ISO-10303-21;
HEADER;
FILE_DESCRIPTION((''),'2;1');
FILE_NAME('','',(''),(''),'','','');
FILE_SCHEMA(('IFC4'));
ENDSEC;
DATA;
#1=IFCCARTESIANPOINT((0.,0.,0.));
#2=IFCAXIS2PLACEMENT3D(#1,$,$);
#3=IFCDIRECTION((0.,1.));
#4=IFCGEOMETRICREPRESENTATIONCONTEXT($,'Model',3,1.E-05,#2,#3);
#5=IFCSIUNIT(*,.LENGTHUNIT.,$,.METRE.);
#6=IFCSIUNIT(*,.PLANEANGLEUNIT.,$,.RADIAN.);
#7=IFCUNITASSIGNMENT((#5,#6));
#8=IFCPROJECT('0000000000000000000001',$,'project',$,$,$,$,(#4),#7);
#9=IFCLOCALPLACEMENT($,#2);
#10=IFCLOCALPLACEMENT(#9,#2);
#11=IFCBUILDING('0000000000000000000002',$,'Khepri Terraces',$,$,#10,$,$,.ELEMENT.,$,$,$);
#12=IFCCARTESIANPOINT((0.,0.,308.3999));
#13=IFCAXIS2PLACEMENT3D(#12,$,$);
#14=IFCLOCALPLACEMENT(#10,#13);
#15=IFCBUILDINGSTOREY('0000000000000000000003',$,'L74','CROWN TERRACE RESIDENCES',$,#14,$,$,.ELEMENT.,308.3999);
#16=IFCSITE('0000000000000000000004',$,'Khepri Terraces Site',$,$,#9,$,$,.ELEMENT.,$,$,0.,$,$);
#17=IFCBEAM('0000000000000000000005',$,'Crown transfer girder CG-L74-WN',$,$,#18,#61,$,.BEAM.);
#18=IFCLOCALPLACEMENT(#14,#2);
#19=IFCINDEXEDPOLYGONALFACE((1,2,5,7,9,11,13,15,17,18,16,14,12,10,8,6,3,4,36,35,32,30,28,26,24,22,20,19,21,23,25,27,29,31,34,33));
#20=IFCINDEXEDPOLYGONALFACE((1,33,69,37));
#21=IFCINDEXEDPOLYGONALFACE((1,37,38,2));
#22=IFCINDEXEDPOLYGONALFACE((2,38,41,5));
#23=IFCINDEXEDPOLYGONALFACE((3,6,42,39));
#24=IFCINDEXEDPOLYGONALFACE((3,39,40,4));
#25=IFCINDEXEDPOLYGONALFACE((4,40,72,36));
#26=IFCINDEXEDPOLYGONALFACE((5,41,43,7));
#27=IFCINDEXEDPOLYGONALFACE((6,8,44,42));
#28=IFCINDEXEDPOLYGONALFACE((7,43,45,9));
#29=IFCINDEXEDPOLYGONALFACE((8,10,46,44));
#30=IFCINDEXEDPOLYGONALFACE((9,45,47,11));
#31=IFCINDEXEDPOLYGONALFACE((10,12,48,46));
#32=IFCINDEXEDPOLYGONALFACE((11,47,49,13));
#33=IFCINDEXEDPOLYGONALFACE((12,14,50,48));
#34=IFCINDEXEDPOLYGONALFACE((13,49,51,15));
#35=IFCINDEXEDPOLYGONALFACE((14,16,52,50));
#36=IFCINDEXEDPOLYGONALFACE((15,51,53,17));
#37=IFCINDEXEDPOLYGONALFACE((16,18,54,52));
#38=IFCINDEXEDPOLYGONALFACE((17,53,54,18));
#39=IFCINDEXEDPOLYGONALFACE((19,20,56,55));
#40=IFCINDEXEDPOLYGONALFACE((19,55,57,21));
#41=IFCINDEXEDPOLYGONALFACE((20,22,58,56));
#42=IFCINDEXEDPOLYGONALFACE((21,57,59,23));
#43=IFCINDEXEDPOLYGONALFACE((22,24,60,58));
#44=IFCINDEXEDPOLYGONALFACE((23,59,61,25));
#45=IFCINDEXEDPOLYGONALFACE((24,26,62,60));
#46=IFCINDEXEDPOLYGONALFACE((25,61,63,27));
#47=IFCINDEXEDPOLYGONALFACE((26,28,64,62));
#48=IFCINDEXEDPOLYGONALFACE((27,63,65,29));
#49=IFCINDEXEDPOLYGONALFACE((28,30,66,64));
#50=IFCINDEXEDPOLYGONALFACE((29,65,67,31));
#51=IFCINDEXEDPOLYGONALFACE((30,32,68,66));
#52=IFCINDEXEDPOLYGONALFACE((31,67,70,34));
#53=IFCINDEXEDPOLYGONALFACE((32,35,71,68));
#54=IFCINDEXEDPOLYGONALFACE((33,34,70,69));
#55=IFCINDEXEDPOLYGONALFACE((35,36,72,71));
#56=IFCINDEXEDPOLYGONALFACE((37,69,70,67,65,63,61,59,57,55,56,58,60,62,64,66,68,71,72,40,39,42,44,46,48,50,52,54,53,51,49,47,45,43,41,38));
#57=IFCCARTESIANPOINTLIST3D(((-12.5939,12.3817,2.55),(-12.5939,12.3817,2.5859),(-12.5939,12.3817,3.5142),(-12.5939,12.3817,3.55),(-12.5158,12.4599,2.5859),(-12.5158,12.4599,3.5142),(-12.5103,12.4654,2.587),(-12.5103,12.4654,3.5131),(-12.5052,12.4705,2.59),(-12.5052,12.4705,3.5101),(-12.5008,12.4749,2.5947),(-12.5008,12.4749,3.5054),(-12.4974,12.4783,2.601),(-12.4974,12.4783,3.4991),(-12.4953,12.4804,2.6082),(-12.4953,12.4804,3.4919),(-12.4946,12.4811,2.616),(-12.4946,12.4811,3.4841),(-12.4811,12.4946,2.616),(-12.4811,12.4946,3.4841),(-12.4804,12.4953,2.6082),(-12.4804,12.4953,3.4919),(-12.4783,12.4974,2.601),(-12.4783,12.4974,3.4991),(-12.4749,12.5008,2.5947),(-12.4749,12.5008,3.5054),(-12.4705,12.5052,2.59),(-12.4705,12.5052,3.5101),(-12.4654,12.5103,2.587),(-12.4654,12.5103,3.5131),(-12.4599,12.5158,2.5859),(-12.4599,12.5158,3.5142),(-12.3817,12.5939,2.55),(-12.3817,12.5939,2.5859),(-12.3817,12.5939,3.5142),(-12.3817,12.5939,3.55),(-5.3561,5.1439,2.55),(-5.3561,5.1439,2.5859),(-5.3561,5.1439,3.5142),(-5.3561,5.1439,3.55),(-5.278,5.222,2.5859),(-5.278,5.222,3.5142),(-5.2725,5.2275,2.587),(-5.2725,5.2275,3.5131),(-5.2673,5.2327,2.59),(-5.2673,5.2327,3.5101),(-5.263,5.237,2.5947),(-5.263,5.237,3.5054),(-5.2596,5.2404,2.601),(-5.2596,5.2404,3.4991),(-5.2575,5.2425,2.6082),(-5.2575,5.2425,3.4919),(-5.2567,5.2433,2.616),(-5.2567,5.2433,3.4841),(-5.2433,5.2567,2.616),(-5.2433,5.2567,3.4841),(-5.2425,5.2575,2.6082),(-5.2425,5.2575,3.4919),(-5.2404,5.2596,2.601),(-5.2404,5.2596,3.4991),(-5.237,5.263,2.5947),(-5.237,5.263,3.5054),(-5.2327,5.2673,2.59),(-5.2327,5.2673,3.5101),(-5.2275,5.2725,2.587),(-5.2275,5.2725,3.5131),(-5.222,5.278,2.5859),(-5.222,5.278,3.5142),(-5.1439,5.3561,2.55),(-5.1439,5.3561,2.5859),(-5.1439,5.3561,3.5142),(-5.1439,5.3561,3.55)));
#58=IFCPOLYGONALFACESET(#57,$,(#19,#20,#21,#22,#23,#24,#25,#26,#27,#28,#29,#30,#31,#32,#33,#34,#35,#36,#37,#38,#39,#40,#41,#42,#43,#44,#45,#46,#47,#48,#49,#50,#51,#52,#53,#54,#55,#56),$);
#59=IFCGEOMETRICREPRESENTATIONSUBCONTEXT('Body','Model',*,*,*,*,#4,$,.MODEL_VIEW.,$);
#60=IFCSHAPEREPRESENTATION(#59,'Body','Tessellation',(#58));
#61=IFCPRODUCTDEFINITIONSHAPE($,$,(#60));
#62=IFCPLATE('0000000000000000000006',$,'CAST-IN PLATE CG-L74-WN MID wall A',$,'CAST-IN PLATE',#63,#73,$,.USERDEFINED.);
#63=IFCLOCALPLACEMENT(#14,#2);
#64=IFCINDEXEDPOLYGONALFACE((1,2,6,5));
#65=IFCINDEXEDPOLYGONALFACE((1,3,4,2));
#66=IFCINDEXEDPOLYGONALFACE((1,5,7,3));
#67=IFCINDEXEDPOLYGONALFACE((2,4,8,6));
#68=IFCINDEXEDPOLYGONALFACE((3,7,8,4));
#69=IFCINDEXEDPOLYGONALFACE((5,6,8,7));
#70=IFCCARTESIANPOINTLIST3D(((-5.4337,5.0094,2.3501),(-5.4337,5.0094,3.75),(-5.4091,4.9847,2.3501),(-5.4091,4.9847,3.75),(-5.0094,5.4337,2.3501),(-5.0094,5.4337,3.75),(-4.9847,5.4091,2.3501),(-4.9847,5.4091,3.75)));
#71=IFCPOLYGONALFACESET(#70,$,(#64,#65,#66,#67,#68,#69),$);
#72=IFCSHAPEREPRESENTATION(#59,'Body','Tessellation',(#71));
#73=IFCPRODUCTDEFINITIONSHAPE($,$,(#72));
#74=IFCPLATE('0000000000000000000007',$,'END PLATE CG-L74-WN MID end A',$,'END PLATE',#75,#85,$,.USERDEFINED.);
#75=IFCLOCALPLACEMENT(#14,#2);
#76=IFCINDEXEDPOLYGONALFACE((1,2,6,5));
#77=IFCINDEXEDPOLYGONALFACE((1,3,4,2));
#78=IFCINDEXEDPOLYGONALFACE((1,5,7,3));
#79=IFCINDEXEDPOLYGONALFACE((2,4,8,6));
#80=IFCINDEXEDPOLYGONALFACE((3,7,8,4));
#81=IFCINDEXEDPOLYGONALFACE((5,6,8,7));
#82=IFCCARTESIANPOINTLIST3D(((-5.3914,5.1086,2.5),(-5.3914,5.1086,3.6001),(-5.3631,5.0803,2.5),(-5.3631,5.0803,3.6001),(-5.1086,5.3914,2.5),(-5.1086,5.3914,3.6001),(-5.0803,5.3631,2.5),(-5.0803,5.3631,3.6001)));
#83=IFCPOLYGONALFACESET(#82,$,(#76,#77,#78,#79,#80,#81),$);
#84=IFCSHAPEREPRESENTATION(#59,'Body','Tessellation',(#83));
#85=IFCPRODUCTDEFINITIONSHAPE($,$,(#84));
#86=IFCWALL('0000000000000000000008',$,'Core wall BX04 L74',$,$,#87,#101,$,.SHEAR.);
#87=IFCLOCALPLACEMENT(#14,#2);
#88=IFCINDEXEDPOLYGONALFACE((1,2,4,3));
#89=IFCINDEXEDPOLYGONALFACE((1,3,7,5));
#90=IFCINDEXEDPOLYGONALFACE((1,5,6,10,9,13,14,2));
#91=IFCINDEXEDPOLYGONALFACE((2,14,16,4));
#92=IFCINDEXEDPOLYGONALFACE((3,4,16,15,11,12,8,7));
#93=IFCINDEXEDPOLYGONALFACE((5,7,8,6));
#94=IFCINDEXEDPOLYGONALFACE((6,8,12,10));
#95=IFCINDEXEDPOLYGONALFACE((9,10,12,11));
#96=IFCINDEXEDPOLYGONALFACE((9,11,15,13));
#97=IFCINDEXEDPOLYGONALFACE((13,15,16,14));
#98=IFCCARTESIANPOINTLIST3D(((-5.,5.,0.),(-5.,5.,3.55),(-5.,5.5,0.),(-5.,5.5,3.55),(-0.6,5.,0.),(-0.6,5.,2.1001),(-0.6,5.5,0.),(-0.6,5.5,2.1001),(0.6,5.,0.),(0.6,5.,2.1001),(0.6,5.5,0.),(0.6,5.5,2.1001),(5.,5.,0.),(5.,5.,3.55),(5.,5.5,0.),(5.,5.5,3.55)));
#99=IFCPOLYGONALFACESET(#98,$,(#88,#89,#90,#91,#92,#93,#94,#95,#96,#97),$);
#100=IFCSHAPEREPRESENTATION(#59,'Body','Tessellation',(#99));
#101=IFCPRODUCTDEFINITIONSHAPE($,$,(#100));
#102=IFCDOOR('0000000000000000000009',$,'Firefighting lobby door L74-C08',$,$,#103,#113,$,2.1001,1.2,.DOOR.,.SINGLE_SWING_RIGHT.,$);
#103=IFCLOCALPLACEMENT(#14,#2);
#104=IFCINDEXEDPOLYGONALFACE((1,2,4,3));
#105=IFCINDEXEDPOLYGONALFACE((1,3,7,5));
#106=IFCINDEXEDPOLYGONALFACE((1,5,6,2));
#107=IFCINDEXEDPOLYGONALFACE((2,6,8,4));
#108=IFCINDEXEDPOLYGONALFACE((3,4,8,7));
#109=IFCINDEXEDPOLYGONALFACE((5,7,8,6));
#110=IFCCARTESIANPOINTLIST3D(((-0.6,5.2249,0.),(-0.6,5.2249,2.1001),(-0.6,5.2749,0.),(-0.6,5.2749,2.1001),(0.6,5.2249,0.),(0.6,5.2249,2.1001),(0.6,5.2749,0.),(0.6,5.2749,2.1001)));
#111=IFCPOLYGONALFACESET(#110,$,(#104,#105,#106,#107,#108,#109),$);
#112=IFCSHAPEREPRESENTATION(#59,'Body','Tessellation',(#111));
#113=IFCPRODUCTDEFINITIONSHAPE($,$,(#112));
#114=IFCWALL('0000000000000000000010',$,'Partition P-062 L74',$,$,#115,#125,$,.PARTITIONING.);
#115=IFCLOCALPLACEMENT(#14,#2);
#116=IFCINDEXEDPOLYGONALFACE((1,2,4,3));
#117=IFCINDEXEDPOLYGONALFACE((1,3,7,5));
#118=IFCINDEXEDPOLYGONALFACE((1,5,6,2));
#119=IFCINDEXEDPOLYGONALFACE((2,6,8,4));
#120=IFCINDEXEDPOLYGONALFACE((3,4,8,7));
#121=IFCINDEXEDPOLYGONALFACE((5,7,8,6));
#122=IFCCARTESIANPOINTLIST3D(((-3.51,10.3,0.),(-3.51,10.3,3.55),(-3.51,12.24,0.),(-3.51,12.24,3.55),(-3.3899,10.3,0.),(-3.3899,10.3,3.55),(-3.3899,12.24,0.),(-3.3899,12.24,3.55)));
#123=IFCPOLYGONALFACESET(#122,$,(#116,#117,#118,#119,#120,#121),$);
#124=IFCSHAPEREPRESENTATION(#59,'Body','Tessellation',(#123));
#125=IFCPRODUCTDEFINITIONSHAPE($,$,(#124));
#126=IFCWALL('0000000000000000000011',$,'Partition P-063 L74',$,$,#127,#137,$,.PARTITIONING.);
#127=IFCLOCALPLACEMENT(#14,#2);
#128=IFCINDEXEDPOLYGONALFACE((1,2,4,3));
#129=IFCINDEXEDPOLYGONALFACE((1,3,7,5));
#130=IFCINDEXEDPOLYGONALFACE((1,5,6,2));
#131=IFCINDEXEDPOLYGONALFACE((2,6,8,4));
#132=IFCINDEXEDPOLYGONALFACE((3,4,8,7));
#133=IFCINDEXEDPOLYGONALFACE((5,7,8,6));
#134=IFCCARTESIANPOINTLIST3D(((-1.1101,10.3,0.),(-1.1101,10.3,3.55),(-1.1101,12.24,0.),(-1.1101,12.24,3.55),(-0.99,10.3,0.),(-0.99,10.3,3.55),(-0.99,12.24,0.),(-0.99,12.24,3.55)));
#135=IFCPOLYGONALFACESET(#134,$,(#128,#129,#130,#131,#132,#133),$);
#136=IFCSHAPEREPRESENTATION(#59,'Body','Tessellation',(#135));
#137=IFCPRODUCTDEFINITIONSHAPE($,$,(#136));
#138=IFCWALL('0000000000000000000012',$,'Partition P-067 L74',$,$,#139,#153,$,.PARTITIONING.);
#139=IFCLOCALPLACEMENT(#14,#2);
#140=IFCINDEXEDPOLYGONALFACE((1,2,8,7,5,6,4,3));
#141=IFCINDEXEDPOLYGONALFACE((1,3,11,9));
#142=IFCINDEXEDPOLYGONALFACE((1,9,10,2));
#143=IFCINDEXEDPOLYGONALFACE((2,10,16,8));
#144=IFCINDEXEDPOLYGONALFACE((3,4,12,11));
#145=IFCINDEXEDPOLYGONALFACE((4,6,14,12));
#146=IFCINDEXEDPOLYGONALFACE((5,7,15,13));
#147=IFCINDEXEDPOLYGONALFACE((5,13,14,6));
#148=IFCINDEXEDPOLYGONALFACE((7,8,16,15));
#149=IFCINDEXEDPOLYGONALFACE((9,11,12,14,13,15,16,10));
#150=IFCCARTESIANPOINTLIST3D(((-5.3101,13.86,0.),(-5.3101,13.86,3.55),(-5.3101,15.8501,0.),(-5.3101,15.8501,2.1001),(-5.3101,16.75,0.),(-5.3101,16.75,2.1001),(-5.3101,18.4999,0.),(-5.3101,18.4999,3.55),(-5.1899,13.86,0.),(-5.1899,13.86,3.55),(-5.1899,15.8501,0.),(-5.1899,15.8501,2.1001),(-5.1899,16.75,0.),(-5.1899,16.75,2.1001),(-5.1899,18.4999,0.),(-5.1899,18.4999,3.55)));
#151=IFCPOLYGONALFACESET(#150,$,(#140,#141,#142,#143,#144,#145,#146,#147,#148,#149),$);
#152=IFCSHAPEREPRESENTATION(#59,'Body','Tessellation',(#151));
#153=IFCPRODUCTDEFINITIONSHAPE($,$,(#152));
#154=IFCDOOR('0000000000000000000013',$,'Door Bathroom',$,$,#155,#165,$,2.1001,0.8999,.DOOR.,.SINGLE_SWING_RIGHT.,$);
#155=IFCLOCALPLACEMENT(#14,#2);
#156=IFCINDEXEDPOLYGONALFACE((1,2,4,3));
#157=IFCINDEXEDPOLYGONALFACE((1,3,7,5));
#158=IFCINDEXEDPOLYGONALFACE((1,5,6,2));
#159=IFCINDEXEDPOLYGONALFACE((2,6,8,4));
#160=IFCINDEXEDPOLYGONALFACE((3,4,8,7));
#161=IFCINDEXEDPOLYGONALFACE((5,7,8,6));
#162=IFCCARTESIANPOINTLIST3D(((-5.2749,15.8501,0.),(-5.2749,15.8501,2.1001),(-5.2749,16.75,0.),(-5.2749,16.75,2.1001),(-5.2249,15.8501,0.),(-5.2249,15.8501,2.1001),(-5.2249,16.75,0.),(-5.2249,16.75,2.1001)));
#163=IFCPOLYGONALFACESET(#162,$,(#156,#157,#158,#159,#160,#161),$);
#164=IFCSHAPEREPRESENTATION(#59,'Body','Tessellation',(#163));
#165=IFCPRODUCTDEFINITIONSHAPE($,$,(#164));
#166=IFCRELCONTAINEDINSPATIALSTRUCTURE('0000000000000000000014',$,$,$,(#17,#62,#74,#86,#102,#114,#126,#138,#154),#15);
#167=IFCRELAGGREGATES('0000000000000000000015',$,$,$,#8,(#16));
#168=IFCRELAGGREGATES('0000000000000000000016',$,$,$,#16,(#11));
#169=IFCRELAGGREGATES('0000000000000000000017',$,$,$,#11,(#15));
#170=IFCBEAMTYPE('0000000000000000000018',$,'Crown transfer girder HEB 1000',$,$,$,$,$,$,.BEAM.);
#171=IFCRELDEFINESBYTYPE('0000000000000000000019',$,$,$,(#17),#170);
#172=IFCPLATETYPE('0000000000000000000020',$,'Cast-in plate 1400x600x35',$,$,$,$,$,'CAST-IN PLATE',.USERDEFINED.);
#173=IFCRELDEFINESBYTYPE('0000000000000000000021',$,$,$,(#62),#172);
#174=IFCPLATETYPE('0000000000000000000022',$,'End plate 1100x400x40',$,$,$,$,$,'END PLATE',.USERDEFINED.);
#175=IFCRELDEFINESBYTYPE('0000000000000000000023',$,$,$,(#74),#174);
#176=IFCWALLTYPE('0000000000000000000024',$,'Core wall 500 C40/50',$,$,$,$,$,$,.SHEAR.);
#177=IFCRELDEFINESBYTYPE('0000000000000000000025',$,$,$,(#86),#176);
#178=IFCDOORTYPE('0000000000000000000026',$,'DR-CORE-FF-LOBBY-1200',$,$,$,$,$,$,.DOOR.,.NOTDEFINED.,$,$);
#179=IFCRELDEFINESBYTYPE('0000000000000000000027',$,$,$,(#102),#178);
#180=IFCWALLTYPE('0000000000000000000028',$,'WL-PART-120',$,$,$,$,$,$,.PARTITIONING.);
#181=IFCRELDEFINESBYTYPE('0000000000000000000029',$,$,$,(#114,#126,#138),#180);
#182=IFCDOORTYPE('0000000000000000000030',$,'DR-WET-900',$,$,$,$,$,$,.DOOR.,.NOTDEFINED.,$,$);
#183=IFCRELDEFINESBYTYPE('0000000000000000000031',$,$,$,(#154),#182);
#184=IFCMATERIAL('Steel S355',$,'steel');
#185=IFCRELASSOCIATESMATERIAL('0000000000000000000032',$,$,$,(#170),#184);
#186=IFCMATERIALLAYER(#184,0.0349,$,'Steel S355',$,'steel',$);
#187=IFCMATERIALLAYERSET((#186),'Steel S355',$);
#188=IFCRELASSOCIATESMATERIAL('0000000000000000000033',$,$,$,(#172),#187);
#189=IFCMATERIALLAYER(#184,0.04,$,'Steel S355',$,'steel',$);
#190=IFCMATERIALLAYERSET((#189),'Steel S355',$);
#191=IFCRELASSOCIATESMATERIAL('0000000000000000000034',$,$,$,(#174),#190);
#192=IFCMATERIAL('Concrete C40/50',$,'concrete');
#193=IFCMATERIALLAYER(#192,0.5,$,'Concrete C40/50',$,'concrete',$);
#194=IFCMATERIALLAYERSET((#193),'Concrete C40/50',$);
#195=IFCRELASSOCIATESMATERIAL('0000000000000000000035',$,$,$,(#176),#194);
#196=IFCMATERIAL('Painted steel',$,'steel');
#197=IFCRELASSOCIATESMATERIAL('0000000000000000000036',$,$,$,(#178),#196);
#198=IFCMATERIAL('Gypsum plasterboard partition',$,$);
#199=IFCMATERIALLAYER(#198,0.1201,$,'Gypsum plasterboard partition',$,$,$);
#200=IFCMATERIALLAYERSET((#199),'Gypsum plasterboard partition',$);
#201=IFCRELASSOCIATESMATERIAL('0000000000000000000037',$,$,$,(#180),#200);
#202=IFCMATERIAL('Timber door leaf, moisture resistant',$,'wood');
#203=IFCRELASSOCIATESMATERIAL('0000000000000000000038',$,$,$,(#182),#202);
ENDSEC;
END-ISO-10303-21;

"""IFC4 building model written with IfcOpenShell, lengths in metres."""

from ifc_helpers import new_model, si_unit, direction, frame, frame_2d, origin, origin_2d, place, context, subcontext, project, spatial, rectangle, i_section, extrude, material, layer, layer_set, material_profile, profile_set, type_object, element, fill, save


model = new_model("IFC4")

# Units and contexts
model_context = context("Model", 3, precision=1e-05, world=origin(), true_north=direction((0.0, 1.0)))
body_context = subcontext(model_context, "Body", "Model", "MODEL_VIEW")
ifc_project = project(units=[si_unit("LENGTHUNIT", "METRE"), si_unit("PLANEANGLEUNIT", "RADIAN")], contexts=[model_context])

# Site, building, storey
site_placement = place(None, origin())
site = spatial("IfcSite", under=ifc_project, at=site_placement, Name="Khepri Terraces Site", CompositionType="ELEMENT", RefElevation=0.0)
building_placement = place(site_placement, origin())
building = spatial("IfcBuilding", under=site, at=building_placement, Name="Khepri Terraces", CompositionType="ELEMENT")
storey_placement = place(building_placement, frame((0.0, 0.0, 308.3999)))
storey = spatial("IfcBuildingStorey", under=building, at=storey_placement, Name="L74", Description="CROWN TERRACE RESIDENCES", CompositionType="ELEMENT", Elevation=308.3999)

# Beam
ifc_material_1 = material(Name="Steel S355", Category="steel")
ifc_material_profile = material_profile(ifc_material_1, i_section(OverallWidth=0.3, OverallDepth=1.0, WebThickness=0.019, FlangeThickness=0.0359, FilletRadius=0.03, at=origin_2d()), Name="Steel S355", Category="steel")
ifc_profile_set = profile_set([ifc_material_profile], Name="Steel S355")
beam_type = type_object("IfcBeamType", Name="Crown transfer girder HEB 1000", PredefinedType="BEAM", material=ifc_profile_set)
beam_placement = place(storey_placement, frame((-5.25, 5.25, 3.05), z_axis=(-0.707107, 0.707107, 0.0), x_axis=(-0.707107, -0.707107, 0.0)))
element("IfcBeam", 1, at=beam_placement, inside=storey, type_object=beam_type, Name="Crown transfer girder CG-L74-WN", PredefinedType="BEAM", context=body_context, shape_type="SweptSolid", body=[
    extrude(i_section(OverallWidth=0.3, OverallDepth=1.0, WebThickness=0.019, FlangeThickness=0.0359, FilletRadius=0.03, at=origin_2d()), origin(), (0.0, 0.0, 1.0), 10.2358),
])

# Plates
ifc_layer_1 = layer(ifc_material_1, 0.0349, Name="Steel S355", Category="steel")
ifc_layer_set_1 = layer_set([ifc_layer_1], Name="Steel S355")
plate_type_1 = type_object("IfcPlateType", Name="Cast-in plate 1400x600x35", ElementType="CAST-IN PLATE", PredefinedType="USERDEFINED", material=ifc_layer_set_1)
plate_1_placement = place(storey_placement, frame((-5.2092, 5.2092, 2.3501), z_axis=(0.0, 0.0, 1.0), x_axis=(-0.707107, 0.707107, 0.0)))
element("IfcPlate", 2, at=plate_1_placement, inside=storey, type_object=plate_type_1, Name="CAST-IN PLATE CG-L74-WN MID wall A", ObjectType="CAST-IN PLATE", PredefinedType="USERDEFINED", context=body_context, shape_type="SweptSolid", body=[
    extrude(rectangle(XDim=0.0349, YDim=0.6001, at=origin_2d()), origin(), (0.0, 0.0, 1.0), 1.3999),
])
ifc_layer_2 = layer(ifc_material_1, 0.04, Name="Steel S355", Category="steel")
ifc_layer_set_2 = layer_set([ifc_layer_2], Name="Steel S355")
plate_type_2 = type_object("IfcPlateType", Name="End plate 1100x400x40", ElementType="END PLATE", PredefinedType="USERDEFINED", material=ifc_layer_set_2)
plate_2_placement = place(storey_placement, frame((-5.2358, 5.2358, 2.5), z_axis=(0.0, 0.0, 1.0), x_axis=(-0.707107, 0.707107, 0.0)))
element("IfcPlate", 3, at=plate_2_placement, inside=storey, type_object=plate_type_2, Name="END PLATE CG-L74-WN MID end A", ObjectType="END PLATE", PredefinedType="USERDEFINED", context=body_context, shape_type="SweptSolid", body=[
    extrude(rectangle(XDim=0.04, YDim=0.3999, at=origin_2d()), origin(), (0.0, 0.0, 1.0), 1.1001),
])

# Wall, opening, door
ifc_material_2 = material(Name="Concrete C40/50", Category="concrete")
ifc_layer_3 = layer(ifc_material_2, 0.5, Name="Concrete C40/50", Category="concrete")
ifc_layer_set_3 = layer_set([ifc_layer_3], Name="Concrete C40/50")
wall_type_1 = type_object("IfcWallType", Name="Core wall 500 C40/50", PredefinedType="SHEAR", material=ifc_layer_set_3)
wall_1_placement = place(storey_placement, frame((-5.0, 5.25, 0.0), z_axis=(0.0, 0.0, 1.0), x_axis=(1.0, 0.0, 0.0)))
wall_1 = element("IfcWall", 4, at=wall_1_placement, inside=storey, type_object=wall_type_1, Name="Core wall BX04 L74", PredefinedType="SHEAR", context=body_context, shape_type="SweptSolid", body=[
    extrude(rectangle(XDim=10.0, YDim=0.5, at=frame_2d((5.0, 0.0))), origin(), (0.0, 0.0, 1.0), 3.55),
])
opening_1_placement = place(wall_1_placement, frame((4.3999, 0.0, 0.0)))
opening_1 = element("IfcOpeningElement", 5, at=opening_1_placement, cuts=wall_1, PredefinedType="OPENING", context=body_context, shape_type="SweptSolid", body=[
    extrude(rectangle(XDim=1.2, YDim=2.1001, at=frame_2d((0.6001, 1.05))), frame((0.0, 0.26, 0.0), z_axis=(0.0, -1.0, 0.0), x_axis=(1.0, 0.0, 0.0)), (0.0, 0.0, 1.0), 0.52),
])
ifc_material_3 = material(Name="Painted steel", Category="steel")
door_type_1 = type_object("IfcDoorType", Name="DR-CORE-FF-LOBBY-1200", OperationType="NOTDEFINED", PredefinedType="DOOR", material=ifc_material_3)
door_1_placement = place(opening_1_placement, origin())
door_1 = element("IfcDoor", 6, at=door_1_placement, inside=storey, type_object=door_type_1, Name="Firefighting lobby door L74-C08", OperationType="SINGLE_SWING_RIGHT", OverallHeight=2.1001, OverallWidth=1.2, PredefinedType="DOOR", context=body_context, shape_type="SweptSolid", body=[
    extrude(rectangle(XDim=1.2, YDim=2.1001, at=frame_2d((0.6001, 1.05))), frame((0.0, 0.0249, 0.0), z_axis=(0.0, -1.0, 0.0), x_axis=(1.0, 0.0, 0.0)), (0.0, 0.0, 1.0), 0.05),
])
fill(opening_1, door_1)

# Walls
ifc_material_4 = material(Name="Gypsum plasterboard partition")
ifc_layer_4 = layer(ifc_material_4, 0.1201, Name="Gypsum plasterboard partition")
ifc_layer_set_4 = layer_set([ifc_layer_4], Name="Gypsum plasterboard partition")
wall_type_2 = type_object("IfcWallType", Name="WL-PART-120", PredefinedType="PARTITIONING", material=ifc_layer_set_4)
for number, where, z_axis, x_axis, name in (
    (7, (-3.45, 10.3, 0.0), (0.0, 0.0, 1.0), (0.0, 1.0, 0.0), "Partition P-062 L74"),
    (8, (-1.05, 10.3, 0.0), (0.0, 0.0, 1.0), (0.0, 1.0, 0.0), "Partition P-063 L74"),
):
    element("IfcWall", number, at=place(storey_placement, frame(where, z_axis=z_axis, x_axis=x_axis)), inside=storey, type_object=wall_type_2, Name=name, PredefinedType="PARTITIONING", context=body_context, shape_type="SweptSolid", body=[
        extrude(rectangle(XDim=1.9399, YDim=0.1201, at=frame_2d((0.97, 0.0))), origin(), (0.0, 0.0, 1.0), 3.55),
    ])

# Wall, opening, door
wall_2_placement = place(storey_placement, frame((-5.25, 13.8601, 0.0), z_axis=(0.0, 0.0, 1.0), x_axis=(0.0, 1.0, 0.0)))
wall_2 = element("IfcWall", 9, at=wall_2_placement, inside=storey, type_object=wall_type_2, Name="Partition P-067 L74", PredefinedType="PARTITIONING", context=body_context, shape_type="SweptSolid", body=[
    extrude(rectangle(XDim=4.6399, YDim=0.1201, at=frame_2d((2.3198, 0.0))), origin(), (0.0, 0.0, 1.0), 3.55),
])
opening_2_placement = place(wall_2_placement, frame((1.99, 0.0, 0.0)))
opening_2 = element("IfcOpeningElement", 10, at=opening_2_placement, cuts=wall_2, PredefinedType="OPENING", context=body_context, shape_type="SweptSolid", body=[
    extrude(rectangle(XDim=0.8999, YDim=2.1001, at=frame_2d((0.45, 1.05))), frame((0.0, 0.0701, 0.0), z_axis=(0.0, -1.0, 0.0), x_axis=(1.0, 0.0, 0.0)), (0.0, 0.0, 1.0), 0.1401),
])
ifc_material_5 = material(Name="Timber door leaf, moisture resistant", Category="wood")
door_type_2 = type_object("IfcDoorType", Name="DR-WET-900", OperationType="NOTDEFINED", PredefinedType="DOOR", material=ifc_material_5)
door_2_placement = place(opening_2_placement, origin())
door_2 = element("IfcDoor", 11, at=door_2_placement, inside=storey, type_object=door_type_2, Name="Door Bathroom", OperationType="SINGLE_SWING_RIGHT", OverallHeight=2.1001, OverallWidth=0.8999, PredefinedType="DOOR", context=body_context, shape_type="SweptSolid", body=[
    extrude(rectangle(XDim=0.8999, YDim=2.1001, at=frame_2d((0.45, 1.05))), frame((0.0, 0.0249, 0.0), z_axis=(0.0, -1.0, 0.0), x_axis=(1.0, 0.0, 0.0)), (0.0, 0.0, 1.0), 0.05),
])
fill(opening_2, door_2)

save(model, "model.ifc")
